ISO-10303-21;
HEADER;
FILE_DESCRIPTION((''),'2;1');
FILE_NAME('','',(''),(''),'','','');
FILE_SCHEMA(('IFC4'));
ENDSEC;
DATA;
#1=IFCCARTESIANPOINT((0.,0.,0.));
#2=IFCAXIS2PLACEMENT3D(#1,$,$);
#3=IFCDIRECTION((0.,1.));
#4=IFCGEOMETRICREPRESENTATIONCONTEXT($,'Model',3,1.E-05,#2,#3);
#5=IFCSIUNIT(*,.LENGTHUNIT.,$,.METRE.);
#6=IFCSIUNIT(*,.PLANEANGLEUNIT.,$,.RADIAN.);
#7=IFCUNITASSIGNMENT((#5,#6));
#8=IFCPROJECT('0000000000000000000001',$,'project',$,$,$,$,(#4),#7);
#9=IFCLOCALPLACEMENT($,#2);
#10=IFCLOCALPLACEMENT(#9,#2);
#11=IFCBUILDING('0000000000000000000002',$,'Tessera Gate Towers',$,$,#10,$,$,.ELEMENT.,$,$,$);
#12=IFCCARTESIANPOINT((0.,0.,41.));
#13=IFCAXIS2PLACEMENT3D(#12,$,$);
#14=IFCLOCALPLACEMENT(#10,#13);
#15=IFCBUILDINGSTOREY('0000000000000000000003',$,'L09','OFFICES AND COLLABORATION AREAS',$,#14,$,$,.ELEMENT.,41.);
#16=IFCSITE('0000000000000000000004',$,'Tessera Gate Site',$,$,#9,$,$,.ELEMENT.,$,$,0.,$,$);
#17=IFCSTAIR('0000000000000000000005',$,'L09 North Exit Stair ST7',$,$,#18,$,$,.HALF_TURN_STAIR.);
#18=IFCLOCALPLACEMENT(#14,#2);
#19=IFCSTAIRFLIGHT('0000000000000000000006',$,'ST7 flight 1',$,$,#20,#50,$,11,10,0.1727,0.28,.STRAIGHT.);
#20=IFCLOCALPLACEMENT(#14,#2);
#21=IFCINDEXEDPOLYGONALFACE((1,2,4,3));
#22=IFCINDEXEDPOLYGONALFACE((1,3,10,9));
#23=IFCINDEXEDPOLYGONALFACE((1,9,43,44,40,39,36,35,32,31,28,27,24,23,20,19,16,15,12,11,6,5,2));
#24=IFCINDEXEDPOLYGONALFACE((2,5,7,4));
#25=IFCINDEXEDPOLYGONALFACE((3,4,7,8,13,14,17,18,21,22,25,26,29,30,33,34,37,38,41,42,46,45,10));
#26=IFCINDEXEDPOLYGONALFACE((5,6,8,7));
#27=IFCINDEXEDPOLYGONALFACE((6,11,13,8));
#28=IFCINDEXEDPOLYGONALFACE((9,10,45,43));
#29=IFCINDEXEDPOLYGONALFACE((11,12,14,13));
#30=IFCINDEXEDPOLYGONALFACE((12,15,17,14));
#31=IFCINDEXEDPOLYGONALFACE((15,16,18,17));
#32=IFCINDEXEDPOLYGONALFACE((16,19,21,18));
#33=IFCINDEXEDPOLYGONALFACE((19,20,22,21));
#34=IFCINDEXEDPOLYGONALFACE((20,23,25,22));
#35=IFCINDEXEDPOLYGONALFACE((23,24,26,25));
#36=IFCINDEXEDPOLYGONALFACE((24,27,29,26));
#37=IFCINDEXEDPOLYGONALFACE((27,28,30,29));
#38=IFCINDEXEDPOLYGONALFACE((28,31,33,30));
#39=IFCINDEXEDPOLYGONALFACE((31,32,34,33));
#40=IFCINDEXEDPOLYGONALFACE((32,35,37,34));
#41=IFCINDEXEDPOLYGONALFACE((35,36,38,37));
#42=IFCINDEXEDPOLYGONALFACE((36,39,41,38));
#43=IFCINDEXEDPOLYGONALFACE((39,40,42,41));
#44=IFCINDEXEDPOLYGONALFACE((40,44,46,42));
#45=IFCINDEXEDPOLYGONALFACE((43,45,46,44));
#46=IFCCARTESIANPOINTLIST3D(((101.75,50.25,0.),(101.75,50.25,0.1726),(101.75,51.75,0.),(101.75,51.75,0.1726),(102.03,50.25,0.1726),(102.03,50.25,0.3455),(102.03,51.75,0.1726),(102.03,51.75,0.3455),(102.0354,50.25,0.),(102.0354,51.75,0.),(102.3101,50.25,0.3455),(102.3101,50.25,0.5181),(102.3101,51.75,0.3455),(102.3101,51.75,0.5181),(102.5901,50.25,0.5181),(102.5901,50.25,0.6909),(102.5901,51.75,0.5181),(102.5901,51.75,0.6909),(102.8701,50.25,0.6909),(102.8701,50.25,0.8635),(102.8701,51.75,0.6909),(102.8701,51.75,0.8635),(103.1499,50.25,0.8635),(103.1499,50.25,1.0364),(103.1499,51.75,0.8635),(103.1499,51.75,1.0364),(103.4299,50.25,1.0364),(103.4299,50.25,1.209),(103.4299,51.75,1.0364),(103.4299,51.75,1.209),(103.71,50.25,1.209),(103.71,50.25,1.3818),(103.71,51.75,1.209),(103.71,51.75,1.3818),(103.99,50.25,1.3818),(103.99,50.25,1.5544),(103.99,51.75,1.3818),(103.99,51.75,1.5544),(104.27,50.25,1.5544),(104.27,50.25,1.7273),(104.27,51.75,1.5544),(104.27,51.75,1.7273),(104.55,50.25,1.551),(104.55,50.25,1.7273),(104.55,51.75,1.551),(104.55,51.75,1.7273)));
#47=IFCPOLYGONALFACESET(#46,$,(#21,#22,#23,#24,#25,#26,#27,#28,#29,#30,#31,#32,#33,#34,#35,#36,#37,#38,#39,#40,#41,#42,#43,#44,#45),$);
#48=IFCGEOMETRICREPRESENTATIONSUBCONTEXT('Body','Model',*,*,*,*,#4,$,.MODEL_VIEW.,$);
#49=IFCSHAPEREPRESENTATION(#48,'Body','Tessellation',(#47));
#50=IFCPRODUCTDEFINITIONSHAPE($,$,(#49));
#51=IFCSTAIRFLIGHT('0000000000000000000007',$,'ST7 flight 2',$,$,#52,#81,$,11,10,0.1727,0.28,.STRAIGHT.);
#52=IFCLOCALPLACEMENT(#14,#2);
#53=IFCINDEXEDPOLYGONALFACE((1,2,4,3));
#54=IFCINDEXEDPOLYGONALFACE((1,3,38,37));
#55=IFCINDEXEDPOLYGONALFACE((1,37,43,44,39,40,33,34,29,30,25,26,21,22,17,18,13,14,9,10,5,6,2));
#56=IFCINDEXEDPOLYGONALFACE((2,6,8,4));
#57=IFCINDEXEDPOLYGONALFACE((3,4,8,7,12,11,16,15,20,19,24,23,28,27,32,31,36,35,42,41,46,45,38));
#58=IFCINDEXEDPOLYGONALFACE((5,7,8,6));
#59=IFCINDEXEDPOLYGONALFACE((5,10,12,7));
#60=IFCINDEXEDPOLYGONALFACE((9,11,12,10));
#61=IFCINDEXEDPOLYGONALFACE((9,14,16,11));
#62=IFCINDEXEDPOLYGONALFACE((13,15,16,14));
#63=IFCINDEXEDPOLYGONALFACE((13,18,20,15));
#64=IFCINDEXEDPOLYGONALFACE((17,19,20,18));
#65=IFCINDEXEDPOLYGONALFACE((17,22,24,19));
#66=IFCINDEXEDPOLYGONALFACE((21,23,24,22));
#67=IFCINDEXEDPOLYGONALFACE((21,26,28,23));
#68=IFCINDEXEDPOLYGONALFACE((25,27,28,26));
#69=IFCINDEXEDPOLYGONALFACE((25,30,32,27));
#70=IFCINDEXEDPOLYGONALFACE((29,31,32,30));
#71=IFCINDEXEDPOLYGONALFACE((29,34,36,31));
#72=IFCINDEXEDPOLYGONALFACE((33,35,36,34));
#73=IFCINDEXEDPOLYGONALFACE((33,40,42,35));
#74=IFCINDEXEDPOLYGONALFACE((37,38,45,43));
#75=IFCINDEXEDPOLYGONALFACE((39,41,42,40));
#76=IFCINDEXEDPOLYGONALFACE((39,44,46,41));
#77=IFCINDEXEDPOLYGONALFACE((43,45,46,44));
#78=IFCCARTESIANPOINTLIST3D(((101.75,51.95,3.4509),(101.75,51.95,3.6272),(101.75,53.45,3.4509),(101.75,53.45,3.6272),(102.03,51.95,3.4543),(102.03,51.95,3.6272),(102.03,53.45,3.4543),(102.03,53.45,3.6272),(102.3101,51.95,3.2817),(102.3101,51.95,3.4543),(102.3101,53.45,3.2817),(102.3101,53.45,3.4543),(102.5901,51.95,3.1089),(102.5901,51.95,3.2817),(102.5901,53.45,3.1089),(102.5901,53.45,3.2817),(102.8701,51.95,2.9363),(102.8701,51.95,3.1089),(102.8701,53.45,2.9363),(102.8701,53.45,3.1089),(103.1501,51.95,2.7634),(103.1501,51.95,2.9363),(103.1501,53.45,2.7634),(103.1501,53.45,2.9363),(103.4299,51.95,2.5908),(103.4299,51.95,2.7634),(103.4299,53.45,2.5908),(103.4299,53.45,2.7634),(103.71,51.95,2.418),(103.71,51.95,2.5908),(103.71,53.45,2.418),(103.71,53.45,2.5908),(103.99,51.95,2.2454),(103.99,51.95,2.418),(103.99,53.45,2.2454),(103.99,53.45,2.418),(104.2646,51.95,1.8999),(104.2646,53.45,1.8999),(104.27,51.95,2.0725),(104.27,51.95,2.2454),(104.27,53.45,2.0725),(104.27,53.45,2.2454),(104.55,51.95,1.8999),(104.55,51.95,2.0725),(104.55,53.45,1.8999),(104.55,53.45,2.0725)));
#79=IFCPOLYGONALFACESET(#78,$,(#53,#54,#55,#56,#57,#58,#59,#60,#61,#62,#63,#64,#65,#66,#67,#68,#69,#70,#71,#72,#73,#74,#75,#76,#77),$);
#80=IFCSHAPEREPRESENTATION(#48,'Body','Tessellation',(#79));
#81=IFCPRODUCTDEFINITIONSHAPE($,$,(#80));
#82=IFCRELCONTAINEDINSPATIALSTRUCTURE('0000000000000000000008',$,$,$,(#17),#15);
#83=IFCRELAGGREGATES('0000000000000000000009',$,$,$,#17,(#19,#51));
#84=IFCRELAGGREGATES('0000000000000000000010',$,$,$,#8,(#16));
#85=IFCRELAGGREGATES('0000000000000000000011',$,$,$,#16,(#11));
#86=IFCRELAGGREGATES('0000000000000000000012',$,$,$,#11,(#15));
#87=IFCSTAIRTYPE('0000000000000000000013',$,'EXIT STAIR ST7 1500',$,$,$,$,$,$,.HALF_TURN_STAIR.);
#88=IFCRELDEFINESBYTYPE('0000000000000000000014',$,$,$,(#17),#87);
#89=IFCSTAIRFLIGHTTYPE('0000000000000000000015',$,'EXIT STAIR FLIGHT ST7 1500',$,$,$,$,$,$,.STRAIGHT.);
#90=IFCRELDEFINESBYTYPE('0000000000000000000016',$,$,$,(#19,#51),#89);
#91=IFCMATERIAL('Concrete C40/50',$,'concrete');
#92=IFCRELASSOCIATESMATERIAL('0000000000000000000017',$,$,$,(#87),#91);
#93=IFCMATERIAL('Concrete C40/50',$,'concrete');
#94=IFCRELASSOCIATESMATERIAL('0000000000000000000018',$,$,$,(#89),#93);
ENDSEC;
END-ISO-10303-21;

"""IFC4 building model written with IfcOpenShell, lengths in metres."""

from ifc_helpers import new_model, si_unit, direction, frame, origin, place, context, subcontext, project, spatial, polyline, outline, extrude, material, type_object, element, aggregate, save


model = new_model("IFC4")

# Units and contexts
model_context = context("Model", 3, precision=1e-05, world=origin(), true_north=direction((0.0, 1.0)))
body_context = subcontext(model_context, "Body", "Model", "MODEL_VIEW")
ifc_project = project(units=[si_unit("LENGTHUNIT", "METRE"), si_unit("PLANEANGLEUNIT", "RADIAN")], contexts=[model_context])

# Site, building, storey
site_placement = place(None, origin())
site = spatial("IfcSite", under=ifc_project, at=site_placement, Name="Tessera Gate Site", CompositionType="ELEMENT", RefElevation=0.0)
building_placement = place(site_placement, origin())
building = spatial("IfcBuilding", under=site, at=building_placement, Name="Tessera Gate Towers", CompositionType="ELEMENT")
storey_placement = place(building_placement, frame((0.0, 0.0, 41.0)))
storey = spatial("IfcBuildingStorey", under=building, at=storey_placement, Name="L09", Description="OFFICES AND COLLABORATION AREAS", CompositionType="ELEMENT", Elevation=41.0)

# Stair, stair flights
ifc_material_1 = material(Name="Concrete C40/50", Category="concrete")
stair_type = type_object("IfcStairType", Name="EXIT STAIR ST7 1500", PredefinedType="HALF_TURN_STAIR", material=ifc_material_1)
stair_placement = place(storey_placement, origin())
stair = element("IfcStair", 1, at=stair_placement, inside=storey, type_object=stair_type, Name="L09 North Exit Stair ST7", PredefinedType="HALF_TURN_STAIR")
ifc_material_2 = material(Name="Concrete C40/50", Category="concrete")
stair_flight_type = type_object("IfcStairFlightType", Name="EXIT STAIR FLIGHT ST7 1500", PredefinedType="STRAIGHT", material=ifc_material_2)
stair_flight_1_placement = place(storey_placement, frame((101.75, 51.0, 0.0), z_axis=(0.0, 0.0, 1.0), x_axis=(1.0, 0.0, 0.0)))
stair_flight_1 = element("IfcStairFlight", 2, at=stair_flight_1_placement, type_object=stair_flight_type, Name="ST7 flight 1", NumberOfRisers=11, NumberOfTreads=10, PredefinedType="STRAIGHT", RiserHeight=0.1727, TreadLength=0.28, context=body_context, shape_type="SweptSolid", body=[
    extrude(outline(polyline([(0.0, 0.0), (0.0, 0.1726), (0.28, 0.1726), (0.28, 0.3455), (0.5601, 0.3455), (0.5601, 0.5181), (0.8401, 0.5181), (0.8401, 0.6909), (1.1201, 0.6909), (1.1201, 0.8635), (1.3999, 0.8635), (1.3999, 1.0364), (1.6799, 1.0364), (1.6799, 1.209), (1.96, 1.209), (1.96, 1.3818), (2.24, 1.3818), (2.24, 1.5544), (2.52, 1.5544), (2.52, 1.7273), (2.8, 1.7273), (2.8, 1.8999), (2.8, 1.551), (0.2854, 0.0), (0.0, 0.0)])), frame((0.0, 0.75, 0.0), z_axis=(0.0, -1.0, 0.0), x_axis=(1.0, 0.0, 0.0)), (0.0, 0.0, 1.0), 1.5),
])
stair_flight_2_placement = place(storey_placement, frame((104.55, 52.7, 1.8999), z_axis=(0.0, 0.0, 1.0), x_axis=(-1.0, 0.0, 0.0)))
stair_flight_2 = element("IfcStairFlight", 3, at=stair_flight_2_placement, type_object=stair_flight_type, Name="ST7 flight 2", NumberOfRisers=11, NumberOfTreads=10, PredefinedType="STRAIGHT", RiserHeight=0.1727, TreadLength=0.28, context=body_context, shape_type="SweptSolid", body=[
    extrude(outline(polyline([(0.0, 0.0), (0.0, 0.1726), (0.28, 0.1726), (0.28, 0.3455), (0.5601, 0.3455), (0.5601, 0.5181), (0.8401, 0.5181), (0.8401, 0.6909), (1.1201, 0.6909), (1.1201, 0.8635), (1.3999, 0.8635), (1.3999, 1.0364), (1.6799, 1.0364), (1.6799, 1.209), (1.96, 1.209), (1.96, 1.3818), (2.24, 1.3818), (2.24, 1.5544), (2.52, 1.5544), (2.52, 1.7273), (2.8, 1.7273), (2.8, 1.8999), (2.8, 1.551), (0.2854, 0.0), (0.0, 0.0)])), frame((0.0, 0.75, 0.0), z_axis=(0.0, -1.0, 0.0), x_axis=(1.0, 0.0, 0.0)), (0.0, 0.0, 1.0), 1.5),
])
aggregate(stair, [stair_flight_1, stair_flight_2])

save(model, "model.ifc")
